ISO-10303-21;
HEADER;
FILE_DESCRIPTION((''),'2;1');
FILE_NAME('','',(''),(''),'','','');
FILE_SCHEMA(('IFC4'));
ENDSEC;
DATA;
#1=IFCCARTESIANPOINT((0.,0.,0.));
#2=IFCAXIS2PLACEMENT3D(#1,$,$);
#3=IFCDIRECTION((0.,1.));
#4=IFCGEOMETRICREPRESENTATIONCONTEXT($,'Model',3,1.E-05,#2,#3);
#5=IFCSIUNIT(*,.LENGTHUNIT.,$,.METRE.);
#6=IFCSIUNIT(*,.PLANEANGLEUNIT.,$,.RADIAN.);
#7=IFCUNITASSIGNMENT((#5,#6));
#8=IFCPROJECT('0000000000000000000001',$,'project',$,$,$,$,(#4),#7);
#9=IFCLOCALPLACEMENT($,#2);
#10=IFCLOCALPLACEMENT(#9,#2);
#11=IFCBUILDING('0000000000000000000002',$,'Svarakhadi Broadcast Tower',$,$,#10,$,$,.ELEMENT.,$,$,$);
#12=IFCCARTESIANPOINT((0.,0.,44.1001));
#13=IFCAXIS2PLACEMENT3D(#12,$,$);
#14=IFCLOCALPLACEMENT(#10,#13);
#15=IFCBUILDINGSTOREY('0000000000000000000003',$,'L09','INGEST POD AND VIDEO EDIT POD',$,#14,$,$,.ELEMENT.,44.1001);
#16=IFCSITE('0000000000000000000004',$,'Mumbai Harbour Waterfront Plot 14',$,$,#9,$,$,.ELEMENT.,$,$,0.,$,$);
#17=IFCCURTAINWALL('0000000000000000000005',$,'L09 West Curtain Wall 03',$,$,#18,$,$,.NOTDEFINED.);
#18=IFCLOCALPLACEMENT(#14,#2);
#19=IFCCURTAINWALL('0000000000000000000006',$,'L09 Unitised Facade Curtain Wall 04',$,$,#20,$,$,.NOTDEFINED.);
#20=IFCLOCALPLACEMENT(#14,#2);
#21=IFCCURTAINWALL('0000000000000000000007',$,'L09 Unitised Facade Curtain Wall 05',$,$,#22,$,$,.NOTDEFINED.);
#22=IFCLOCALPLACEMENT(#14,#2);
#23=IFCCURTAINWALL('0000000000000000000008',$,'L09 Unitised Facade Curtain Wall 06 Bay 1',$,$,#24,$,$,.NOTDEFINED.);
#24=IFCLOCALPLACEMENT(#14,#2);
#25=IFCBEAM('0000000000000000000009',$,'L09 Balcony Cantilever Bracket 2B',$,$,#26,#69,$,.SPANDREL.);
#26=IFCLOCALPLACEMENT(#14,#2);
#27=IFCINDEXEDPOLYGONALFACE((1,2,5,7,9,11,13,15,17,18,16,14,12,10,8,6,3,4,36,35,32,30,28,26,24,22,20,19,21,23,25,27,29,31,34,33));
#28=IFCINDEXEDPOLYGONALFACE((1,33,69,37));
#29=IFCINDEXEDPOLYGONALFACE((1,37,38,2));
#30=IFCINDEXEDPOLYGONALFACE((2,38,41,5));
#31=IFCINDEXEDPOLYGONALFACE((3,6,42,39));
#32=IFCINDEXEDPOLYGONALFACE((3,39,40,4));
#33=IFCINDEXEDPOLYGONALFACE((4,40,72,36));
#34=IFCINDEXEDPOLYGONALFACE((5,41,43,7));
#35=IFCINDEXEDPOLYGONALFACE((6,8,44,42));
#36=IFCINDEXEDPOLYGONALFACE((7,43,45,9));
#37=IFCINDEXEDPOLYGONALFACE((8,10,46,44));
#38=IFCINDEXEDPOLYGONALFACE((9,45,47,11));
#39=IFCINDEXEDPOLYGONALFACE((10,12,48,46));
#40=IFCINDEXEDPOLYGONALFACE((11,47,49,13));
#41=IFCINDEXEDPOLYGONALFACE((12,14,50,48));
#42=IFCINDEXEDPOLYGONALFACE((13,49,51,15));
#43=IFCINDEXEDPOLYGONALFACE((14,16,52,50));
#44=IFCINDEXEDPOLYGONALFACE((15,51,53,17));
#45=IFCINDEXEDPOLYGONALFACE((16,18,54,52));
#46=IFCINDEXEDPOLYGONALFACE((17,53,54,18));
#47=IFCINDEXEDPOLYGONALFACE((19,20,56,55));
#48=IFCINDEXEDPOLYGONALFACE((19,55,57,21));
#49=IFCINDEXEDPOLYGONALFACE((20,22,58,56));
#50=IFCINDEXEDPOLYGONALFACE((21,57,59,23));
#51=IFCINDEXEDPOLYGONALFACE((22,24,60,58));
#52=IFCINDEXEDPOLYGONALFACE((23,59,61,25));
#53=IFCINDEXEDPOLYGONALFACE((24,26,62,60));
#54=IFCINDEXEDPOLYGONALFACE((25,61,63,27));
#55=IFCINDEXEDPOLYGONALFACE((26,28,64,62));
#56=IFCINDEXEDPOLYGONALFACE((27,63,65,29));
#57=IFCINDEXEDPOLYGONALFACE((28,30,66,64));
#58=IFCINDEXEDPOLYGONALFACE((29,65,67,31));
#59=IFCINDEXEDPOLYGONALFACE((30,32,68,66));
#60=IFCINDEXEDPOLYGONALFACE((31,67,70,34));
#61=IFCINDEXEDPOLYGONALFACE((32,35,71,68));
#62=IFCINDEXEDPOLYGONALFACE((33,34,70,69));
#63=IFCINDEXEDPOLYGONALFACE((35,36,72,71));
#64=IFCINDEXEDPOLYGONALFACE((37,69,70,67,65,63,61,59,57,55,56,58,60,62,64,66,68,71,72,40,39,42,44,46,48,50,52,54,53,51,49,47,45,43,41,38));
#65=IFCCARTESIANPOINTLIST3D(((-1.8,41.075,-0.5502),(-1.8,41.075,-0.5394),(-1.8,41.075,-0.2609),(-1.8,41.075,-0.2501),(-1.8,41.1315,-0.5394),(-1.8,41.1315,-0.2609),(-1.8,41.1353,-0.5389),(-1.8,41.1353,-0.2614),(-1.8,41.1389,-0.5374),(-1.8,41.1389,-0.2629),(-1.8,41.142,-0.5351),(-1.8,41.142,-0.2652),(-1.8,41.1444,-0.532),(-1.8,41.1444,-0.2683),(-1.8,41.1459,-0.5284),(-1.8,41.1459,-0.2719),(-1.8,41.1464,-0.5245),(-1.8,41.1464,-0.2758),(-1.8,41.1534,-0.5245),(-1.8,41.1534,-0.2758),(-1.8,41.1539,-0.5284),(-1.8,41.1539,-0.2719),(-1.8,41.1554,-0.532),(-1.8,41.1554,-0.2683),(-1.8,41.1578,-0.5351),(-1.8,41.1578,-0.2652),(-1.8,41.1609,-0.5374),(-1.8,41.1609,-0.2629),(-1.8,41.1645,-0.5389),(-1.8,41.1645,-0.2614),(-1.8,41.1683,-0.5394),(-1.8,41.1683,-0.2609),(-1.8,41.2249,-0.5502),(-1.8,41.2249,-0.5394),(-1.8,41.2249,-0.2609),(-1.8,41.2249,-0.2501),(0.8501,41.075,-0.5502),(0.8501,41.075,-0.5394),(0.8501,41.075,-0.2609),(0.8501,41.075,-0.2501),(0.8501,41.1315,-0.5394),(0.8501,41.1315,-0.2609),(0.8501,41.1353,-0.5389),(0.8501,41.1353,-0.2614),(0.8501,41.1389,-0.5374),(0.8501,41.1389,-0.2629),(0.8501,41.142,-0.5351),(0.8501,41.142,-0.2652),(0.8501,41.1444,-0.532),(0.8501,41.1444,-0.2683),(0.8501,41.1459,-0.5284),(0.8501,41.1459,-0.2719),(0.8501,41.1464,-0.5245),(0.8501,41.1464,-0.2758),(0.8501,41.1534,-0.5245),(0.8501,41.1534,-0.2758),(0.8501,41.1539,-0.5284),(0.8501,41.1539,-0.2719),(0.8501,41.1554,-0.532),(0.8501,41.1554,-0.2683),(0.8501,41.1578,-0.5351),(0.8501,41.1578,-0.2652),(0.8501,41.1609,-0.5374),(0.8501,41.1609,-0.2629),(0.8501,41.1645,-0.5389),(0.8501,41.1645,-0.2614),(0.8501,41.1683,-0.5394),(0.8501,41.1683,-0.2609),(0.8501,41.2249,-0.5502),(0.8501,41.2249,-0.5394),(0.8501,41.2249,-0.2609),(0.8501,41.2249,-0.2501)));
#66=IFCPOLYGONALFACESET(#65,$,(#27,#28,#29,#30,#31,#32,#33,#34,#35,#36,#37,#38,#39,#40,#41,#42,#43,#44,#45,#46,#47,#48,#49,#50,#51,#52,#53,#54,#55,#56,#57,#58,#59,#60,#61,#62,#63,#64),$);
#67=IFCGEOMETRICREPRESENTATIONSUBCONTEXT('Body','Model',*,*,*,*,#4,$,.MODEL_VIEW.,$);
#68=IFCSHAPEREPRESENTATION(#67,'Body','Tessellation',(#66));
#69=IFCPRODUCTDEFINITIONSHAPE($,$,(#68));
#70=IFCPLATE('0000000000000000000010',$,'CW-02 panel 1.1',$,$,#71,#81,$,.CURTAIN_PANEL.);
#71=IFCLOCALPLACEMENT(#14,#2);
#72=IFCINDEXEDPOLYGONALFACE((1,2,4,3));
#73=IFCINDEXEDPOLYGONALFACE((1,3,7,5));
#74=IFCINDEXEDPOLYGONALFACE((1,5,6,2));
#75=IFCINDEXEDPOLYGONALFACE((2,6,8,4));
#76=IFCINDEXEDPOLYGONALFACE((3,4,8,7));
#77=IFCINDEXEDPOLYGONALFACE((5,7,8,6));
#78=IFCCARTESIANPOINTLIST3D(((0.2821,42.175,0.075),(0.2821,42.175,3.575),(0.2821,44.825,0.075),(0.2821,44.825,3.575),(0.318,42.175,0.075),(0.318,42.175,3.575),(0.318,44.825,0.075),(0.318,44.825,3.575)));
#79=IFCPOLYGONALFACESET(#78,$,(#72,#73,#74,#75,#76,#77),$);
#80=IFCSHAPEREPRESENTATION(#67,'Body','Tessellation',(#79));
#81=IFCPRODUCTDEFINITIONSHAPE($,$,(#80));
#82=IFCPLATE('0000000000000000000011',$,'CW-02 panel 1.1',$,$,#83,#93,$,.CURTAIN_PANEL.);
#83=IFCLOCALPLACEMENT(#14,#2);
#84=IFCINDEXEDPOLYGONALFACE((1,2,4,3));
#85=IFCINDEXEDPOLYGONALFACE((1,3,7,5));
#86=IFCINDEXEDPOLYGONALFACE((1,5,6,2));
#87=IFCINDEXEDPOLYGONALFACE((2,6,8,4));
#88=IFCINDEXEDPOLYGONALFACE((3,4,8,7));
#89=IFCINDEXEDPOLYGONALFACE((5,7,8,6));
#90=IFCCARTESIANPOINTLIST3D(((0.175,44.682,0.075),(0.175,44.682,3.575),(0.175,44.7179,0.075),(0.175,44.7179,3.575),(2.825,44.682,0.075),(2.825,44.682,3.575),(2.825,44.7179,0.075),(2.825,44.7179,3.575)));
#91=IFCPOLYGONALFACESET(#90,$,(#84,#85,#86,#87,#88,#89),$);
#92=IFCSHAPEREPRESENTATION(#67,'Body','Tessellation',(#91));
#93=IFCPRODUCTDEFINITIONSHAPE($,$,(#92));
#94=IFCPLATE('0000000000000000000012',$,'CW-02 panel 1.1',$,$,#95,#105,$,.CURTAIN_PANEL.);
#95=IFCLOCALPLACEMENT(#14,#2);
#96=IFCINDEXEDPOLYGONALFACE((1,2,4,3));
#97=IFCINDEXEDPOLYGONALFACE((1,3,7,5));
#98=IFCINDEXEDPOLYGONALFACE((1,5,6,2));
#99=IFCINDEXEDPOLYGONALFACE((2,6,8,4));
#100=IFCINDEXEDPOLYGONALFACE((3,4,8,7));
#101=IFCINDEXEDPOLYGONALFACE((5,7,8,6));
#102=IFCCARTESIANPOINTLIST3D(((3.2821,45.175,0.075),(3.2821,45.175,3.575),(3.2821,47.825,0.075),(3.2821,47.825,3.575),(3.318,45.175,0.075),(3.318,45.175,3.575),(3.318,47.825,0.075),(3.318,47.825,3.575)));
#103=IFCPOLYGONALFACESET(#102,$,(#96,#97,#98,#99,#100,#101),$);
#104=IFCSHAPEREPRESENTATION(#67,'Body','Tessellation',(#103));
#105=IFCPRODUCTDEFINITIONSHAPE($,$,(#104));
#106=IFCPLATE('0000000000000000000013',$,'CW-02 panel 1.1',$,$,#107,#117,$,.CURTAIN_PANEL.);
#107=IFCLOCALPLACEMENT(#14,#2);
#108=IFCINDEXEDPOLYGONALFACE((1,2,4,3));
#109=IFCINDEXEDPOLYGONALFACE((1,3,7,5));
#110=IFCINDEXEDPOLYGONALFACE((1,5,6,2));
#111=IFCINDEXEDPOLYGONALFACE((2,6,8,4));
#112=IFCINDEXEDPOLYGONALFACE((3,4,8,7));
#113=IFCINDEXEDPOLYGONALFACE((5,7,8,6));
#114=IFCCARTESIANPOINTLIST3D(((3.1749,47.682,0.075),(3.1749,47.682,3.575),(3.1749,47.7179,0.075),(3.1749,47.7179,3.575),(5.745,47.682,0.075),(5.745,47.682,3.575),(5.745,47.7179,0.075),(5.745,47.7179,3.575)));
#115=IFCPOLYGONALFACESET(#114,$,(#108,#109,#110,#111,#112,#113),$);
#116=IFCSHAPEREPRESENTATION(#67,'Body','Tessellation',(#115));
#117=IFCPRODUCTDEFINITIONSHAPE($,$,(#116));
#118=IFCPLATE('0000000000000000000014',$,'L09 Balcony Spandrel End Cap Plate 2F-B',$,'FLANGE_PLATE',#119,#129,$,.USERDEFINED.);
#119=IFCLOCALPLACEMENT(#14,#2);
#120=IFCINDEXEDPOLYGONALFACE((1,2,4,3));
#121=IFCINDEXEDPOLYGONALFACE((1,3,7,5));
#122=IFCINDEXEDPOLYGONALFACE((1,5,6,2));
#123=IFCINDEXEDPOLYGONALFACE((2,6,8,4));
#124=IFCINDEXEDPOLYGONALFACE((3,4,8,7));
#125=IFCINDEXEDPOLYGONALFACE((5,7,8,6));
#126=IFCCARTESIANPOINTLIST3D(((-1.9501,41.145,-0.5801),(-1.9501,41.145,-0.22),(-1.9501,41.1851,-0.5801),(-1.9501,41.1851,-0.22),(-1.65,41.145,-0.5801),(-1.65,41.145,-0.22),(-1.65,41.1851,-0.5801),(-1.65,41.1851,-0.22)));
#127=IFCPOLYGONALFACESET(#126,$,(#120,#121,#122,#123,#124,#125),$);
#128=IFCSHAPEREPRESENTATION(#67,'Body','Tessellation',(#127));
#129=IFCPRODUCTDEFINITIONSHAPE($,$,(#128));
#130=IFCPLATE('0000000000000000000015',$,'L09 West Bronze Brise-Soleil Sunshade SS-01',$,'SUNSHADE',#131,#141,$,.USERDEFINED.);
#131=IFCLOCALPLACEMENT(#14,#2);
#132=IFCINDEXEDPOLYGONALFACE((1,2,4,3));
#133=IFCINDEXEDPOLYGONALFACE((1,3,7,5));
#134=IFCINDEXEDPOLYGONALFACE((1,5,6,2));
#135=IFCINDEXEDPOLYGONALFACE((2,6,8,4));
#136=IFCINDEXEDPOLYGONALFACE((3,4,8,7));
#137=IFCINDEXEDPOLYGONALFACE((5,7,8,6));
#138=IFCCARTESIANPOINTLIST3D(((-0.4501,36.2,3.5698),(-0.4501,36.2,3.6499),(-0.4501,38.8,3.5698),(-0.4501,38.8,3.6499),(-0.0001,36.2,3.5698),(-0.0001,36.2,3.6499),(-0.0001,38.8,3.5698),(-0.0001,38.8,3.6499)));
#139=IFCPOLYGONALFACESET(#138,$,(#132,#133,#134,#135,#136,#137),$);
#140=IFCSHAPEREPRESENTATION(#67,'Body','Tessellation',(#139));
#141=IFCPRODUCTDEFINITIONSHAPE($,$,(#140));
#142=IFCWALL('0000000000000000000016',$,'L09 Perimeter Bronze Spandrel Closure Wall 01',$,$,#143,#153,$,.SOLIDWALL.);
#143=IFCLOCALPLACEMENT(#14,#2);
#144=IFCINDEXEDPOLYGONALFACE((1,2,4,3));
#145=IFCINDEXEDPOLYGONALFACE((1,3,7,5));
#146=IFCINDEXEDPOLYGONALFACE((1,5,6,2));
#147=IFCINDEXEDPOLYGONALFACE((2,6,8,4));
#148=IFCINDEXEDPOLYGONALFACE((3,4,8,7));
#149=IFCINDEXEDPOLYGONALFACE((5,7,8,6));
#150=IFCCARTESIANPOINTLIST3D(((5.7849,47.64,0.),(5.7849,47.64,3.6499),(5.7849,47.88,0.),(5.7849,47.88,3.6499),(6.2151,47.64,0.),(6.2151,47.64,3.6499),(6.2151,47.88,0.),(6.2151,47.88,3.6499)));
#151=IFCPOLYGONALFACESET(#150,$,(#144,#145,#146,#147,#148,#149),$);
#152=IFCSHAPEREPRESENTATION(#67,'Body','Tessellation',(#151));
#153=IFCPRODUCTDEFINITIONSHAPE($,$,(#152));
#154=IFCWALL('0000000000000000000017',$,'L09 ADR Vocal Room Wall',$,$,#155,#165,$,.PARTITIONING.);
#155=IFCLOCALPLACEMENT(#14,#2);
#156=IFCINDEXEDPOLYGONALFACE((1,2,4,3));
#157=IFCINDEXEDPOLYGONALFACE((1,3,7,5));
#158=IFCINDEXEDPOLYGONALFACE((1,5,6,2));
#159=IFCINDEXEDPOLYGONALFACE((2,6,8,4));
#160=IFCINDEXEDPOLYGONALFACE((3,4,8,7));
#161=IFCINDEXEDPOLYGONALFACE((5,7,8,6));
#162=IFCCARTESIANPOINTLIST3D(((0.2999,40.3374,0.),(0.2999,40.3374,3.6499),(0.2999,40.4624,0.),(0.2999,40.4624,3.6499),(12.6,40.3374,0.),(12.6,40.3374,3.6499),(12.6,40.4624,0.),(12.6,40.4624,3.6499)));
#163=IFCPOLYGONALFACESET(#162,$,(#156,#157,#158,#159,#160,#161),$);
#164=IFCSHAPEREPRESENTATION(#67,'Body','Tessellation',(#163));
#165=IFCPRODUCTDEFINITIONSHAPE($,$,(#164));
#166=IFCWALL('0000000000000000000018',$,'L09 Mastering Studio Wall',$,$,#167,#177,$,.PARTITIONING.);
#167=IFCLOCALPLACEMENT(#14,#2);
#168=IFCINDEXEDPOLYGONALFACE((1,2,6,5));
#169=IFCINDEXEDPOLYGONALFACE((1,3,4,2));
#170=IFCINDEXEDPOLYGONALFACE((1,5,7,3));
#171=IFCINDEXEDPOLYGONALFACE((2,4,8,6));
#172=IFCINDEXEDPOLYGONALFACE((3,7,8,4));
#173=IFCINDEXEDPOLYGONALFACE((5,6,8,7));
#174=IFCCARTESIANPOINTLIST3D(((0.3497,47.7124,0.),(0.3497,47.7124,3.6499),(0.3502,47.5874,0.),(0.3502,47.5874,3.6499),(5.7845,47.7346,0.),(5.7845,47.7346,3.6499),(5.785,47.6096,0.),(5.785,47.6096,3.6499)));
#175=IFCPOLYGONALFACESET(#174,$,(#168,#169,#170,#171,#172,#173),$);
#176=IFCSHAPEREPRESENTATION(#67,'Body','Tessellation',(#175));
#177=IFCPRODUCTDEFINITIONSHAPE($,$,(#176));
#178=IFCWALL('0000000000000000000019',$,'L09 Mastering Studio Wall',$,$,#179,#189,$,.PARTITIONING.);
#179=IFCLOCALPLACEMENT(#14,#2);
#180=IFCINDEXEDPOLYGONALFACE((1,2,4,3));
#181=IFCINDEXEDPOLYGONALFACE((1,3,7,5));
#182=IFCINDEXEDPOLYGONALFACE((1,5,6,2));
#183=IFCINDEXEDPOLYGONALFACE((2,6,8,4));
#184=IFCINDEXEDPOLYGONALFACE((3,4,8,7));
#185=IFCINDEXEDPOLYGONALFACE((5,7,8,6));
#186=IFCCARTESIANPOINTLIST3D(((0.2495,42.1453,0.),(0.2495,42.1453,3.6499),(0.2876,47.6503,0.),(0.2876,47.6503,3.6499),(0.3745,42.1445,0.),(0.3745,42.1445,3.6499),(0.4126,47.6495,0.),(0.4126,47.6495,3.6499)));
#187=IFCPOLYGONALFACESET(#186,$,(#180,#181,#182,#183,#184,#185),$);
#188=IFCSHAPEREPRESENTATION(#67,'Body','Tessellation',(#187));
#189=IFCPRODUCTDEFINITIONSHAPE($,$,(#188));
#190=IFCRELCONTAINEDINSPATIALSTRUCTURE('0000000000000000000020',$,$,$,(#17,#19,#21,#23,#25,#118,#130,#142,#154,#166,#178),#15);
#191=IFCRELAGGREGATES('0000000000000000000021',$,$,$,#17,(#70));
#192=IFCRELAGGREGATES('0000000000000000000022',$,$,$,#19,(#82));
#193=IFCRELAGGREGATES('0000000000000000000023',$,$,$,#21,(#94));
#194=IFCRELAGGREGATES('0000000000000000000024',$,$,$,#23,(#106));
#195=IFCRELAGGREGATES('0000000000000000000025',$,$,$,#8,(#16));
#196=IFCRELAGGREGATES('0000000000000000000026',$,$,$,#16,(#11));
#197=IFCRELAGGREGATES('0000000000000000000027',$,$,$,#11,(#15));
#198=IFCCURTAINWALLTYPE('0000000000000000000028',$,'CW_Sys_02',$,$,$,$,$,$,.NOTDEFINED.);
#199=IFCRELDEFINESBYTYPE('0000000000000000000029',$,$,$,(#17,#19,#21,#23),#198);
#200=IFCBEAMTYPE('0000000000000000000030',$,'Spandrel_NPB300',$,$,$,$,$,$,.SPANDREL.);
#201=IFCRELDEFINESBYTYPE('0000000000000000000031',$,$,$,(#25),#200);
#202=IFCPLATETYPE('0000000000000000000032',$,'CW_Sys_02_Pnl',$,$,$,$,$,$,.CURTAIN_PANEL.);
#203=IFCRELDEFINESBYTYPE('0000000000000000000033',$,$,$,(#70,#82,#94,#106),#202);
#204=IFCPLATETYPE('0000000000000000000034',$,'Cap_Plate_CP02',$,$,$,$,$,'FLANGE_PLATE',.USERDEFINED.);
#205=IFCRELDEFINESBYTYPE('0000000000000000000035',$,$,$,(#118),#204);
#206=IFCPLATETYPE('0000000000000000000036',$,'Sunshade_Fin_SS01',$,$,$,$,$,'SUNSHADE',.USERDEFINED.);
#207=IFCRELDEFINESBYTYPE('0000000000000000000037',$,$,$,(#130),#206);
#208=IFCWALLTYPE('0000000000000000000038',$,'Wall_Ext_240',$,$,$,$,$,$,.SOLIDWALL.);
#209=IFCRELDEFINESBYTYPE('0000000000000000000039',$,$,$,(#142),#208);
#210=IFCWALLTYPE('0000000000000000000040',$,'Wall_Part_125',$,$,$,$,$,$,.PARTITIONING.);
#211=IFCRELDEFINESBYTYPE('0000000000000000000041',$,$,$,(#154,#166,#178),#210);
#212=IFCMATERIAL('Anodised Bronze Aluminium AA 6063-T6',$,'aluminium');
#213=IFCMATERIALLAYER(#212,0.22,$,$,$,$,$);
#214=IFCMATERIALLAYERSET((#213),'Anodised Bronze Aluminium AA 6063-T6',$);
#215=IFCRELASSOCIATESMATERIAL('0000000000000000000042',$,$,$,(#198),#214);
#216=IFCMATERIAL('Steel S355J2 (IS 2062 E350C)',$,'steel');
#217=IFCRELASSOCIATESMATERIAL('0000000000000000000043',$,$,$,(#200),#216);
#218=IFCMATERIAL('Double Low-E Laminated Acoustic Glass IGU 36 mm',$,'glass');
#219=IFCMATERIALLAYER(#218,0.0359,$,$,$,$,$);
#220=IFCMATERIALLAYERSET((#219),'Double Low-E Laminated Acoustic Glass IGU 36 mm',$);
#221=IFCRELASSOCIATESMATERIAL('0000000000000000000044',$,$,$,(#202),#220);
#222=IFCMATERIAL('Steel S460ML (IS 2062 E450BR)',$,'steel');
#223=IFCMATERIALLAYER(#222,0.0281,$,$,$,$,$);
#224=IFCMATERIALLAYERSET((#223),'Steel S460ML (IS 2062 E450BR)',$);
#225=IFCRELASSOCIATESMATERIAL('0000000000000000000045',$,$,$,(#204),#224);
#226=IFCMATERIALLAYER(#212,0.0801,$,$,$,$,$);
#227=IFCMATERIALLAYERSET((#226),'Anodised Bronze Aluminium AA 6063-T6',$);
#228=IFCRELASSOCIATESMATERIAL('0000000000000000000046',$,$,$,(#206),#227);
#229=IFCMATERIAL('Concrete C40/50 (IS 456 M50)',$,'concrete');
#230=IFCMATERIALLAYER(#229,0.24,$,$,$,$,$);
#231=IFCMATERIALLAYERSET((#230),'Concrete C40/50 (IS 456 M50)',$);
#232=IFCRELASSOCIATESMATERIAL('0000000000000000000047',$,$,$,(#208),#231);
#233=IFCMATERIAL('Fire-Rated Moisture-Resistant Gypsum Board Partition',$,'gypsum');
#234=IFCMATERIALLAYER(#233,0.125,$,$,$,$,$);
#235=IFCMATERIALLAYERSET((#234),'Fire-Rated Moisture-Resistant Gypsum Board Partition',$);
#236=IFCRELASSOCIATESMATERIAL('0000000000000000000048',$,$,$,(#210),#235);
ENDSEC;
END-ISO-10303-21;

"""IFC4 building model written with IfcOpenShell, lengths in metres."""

from ifc_helpers import new_model, si_unit, direction, frame, frame_2d, origin, origin_2d, place, context, subcontext, project, spatial, rectangle, i_section, extrude, material, layer, layer_set, material_profile, profile_set, type_object, element, aggregate, save


model = new_model("IFC4")

# Units and contexts
model_context = context("Model", 3, precision=1e-05, world=origin(), true_north=direction((0.0, 1.0)))
body_context = subcontext(model_context, "Body", "Model", "MODEL_VIEW")
ifc_project = project(units=[si_unit("LENGTHUNIT", "METRE"), si_unit("PLANEANGLEUNIT", "RADIAN")], contexts=[model_context])

# Site, building, storey
site_placement = place(None, origin())
site = spatial("IfcSite", under=ifc_project, at=site_placement, Name="Mumbai Harbour Waterfront Plot 14", CompositionType="ELEMENT", RefElevation=0.0)
building_placement = place(site_placement, origin())
building = spatial("IfcBuilding", under=site, at=building_placement, Name="Svarakhadi Broadcast Tower", CompositionType="ELEMENT")
storey_placement = place(building_placement, frame((0.0, 0.0, 44.1001)))
storey = spatial("IfcBuildingStorey", under=building, at=storey_placement, Name="L09", Description="INGEST POD AND VIDEO EDIT POD", CompositionType="ELEMENT", Elevation=44.1001)

# Shared definitions
ifc_material_1 = material(Name="Steel S460ML (IS 2062 E450BR)", Category="steel")

# Shared definitions
ifc_material_2 = material(Name="Steel S355J2 (IS 2062 E350C)", Category="steel")

# Curtain walls
ifc_material_3 = material(Name="Anodised Bronze Aluminium AA 6063-T6", Category="aluminium")
ifc_layer_1 = layer(ifc_material_3, 0.22)
ifc_layer_set_1 = layer_set([ifc_layer_1], Name="Anodised Bronze Aluminium AA 6063-T6")
curtain_wall_type = type_object("IfcCurtainWallType", Name="CW_Sys_02", PredefinedType="NOTDEFINED", material=ifc_layer_set_1)
curtain_wall_1_placement = place(storey_placement, origin())
curtain_wall_1 = element("IfcCurtainWall", 1, at=curtain_wall_1_placement, inside=storey, type_object=curtain_wall_type, Name="L09 West Curtain Wall 03", PredefinedType="NOTDEFINED")
curtain_wall_2_placement = place(storey_placement, origin())
curtain_wall_2 = element("IfcCurtainWall", 2, at=curtain_wall_2_placement, inside=storey, type_object=curtain_wall_type, Name="L09 Unitised Facade Curtain Wall 04", PredefinedType="NOTDEFINED")
curtain_wall_3_placement = place(storey_placement, origin())
curtain_wall_3 = element("IfcCurtainWall", 3, at=curtain_wall_3_placement, inside=storey, type_object=curtain_wall_type, Name="L09 Unitised Facade Curtain Wall 05", PredefinedType="NOTDEFINED")
curtain_wall_4_placement = place(storey_placement, origin())
curtain_wall_4 = element("IfcCurtainWall", 4, at=curtain_wall_4_placement, inside=storey, type_object=curtain_wall_type, Name="L09 Unitised Facade Curtain Wall 06 Bay 1", PredefinedType="NOTDEFINED")

# Beam
ifc_material_profile_1 = material_profile(ifc_material_2, i_section(OverallWidth=0.1499, OverallDepth=0.3, WebThickness=0.0071, FlangeThickness=0.0107, FilletRadius=0.0149, at=origin_2d()), Name="NPB 300x150x37")
ifc_profile_set_1 = profile_set([ifc_material_profile_1], Name="Steel S355J2 (IS 2062 E350C)")
beam_type_1 = type_object("IfcBeamType", Name="Spandrel_NPB300", PredefinedType="SPANDREL", material=ifc_profile_set_1)
beam_1_placement = place(storey_placement, frame((0.8501, 41.1499, -0.4001), z_axis=(-1.0, 0.0, 0.0), x_axis=(0.0, -1.0, 0.0)))
element("IfcBeam", 5, at=beam_1_placement, inside=storey, type_object=beam_type_1, Name="L09 Balcony Cantilever Bracket 2B", PredefinedType="SPANDREL", context=body_context, shape_type="SweptSolid", body=[
    extrude(i_section(OverallWidth=0.1499, OverallDepth=0.3, WebThickness=0.0071, FlangeThickness=0.0107, FilletRadius=0.0149, at=origin_2d()), origin(), (0.0, 0.0, 1.0), 2.6501),
])

# Plates
ifc_material_4 = material(Name="Double Low-E Laminated Acoustic Glass IGU 36 mm", Category="glass")
ifc_layer_2 = layer(ifc_material_4, 0.0359)
ifc_layer_set_2 = layer_set([ifc_layer_2], Name="Double Low-E Laminated Acoustic Glass IGU 36 mm")
plate_type_1 = type_object("IfcPlateType", Name="CW_Sys_02_Pnl", PredefinedType="CURTAIN_PANEL", material=ifc_layer_set_2)
plate_1_placement = place(storey_placement, frame((0.3, 43.5, 0.075), z_axis=(0.0, 0.0, 1.0), x_axis=(0.0, 1.0, 0.0)))
plate_1 = element("IfcPlate", 6, at=plate_1_placement, type_object=plate_type_1, Name="CW-02 panel 1.1", PredefinedType="CURTAIN_PANEL", context=body_context, shape_type="SweptSolid", body=[
    extrude(rectangle(XDim=2.6499, YDim=0.0359, at=origin_2d()), origin(), (0.0, 0.0, 1.0), 3.5),
])
aggregate(curtain_wall_1, [plate_1])
plate_2_placement = place(storey_placement, frame((1.5, 44.7, 0.075), z_axis=(0.0, 0.0, 1.0), x_axis=(1.0, 0.0, 0.0)))
plate_2 = element("IfcPlate", 7, at=plate_2_placement, type_object=plate_type_1, Name="CW-02 panel 1.1", PredefinedType="CURTAIN_PANEL", context=body_context, shape_type="SweptSolid", body=[
    extrude(rectangle(XDim=2.6499, YDim=0.0359, at=origin_2d()), origin(), (0.0, 0.0, 1.0), 3.5),
])
aggregate(curtain_wall_2, [plate_2])
plate_3_placement = place(storey_placement, frame((3.3, 46.5, 0.075), z_axis=(0.0, 0.0, 1.0), x_axis=(0.0, 1.0, 0.0)))
plate_3 = element("IfcPlate", 8, at=plate_3_placement, type_object=plate_type_1, Name="CW-02 panel 1.1", PredefinedType="CURTAIN_PANEL", context=body_context, shape_type="SweptSolid", body=[
    extrude(rectangle(XDim=2.6499, YDim=0.0359, at=origin_2d()), origin(), (0.0, 0.0, 1.0), 3.5),
])
aggregate(curtain_wall_3, [plate_3])
plate_4_placement = place(storey_placement, frame((4.46, 47.7, 0.075), z_axis=(0.0, 0.0, 1.0), x_axis=(1.0, 0.0, 0.0)))
plate_4 = element("IfcPlate", 9, at=plate_4_placement, type_object=plate_type_1, Name="CW-02 panel 1.1", PredefinedType="CURTAIN_PANEL", context=body_context, shape_type="SweptSolid", body=[
    extrude(rectangle(XDim=2.5701, YDim=0.0359, at=origin_2d()), origin(), (0.0, 0.0, 1.0), 3.5),
])
aggregate(curtain_wall_4, [plate_4])

# Plates
ifc_layer_3 = layer(ifc_material_1, 0.0281)
ifc_layer_set_3 = layer_set([ifc_layer_3], Name="Steel S460ML (IS 2062 E450BR)")
plate_type_2 = type_object("IfcPlateType", Name="Cap_Plate_CP02", ElementType="FLANGE_PLATE", PredefinedType="USERDEFINED", material=ifc_layer_set_3)
plate_5_placement = place(storey_placement, frame((-1.8, 41.165, -0.5801), z_axis=(0.0, 0.0, 1.0), x_axis=(1.0, 0.0, 0.0)))
element("IfcPlate", 10, at=plate_5_placement, inside=storey, type_object=plate_type_2, Name="L09 Balcony Spandrel End Cap Plate 2F-B", ObjectType="FLANGE_PLATE", PredefinedType="USERDEFINED", context=body_context, shape_type="SweptSolid", body=[
    extrude(rectangle(XDim=0.3, YDim=0.04, at=origin_2d()), origin(), (0.0, 0.0, 1.0), 0.3601),
])
ifc_layer_4 = layer(ifc_material_3, 0.0801)
ifc_layer_set_4 = layer_set([ifc_layer_4], Name="Anodised Bronze Aluminium AA 6063-T6")
plate_type_3 = type_object("IfcPlateType", Name="Sunshade_Fin_SS01", ElementType="SUNSHADE", PredefinedType="USERDEFINED", material=ifc_layer_set_4)
plate_6_placement = place(storey_placement, frame((-0.2251, 37.5, 3.5698), z_axis=(0.0, 0.0, 1.0), x_axis=(0.0, 1.0, 0.0)))
element("IfcPlate", 11, at=plate_6_placement, inside=storey, type_object=plate_type_3, Name="L09 West Bronze Brise-Soleil Sunshade SS-01", ObjectType="SUNSHADE", PredefinedType="USERDEFINED", context=body_context, shape_type="SweptSolid", body=[
    extrude(rectangle(XDim=2.6001, YDim=0.45, at=origin_2d()), origin(), (0.0, 0.0, 1.0), 0.0801),
])

# Walls
ifc_material_5 = material(Name="Concrete C40/50 (IS 456 M50)", Category="concrete")
ifc_layer_5 = layer(ifc_material_5, 0.24)
ifc_layer_set_5 = layer_set([ifc_layer_5], Name="Concrete C40/50 (IS 456 M50)")
wall_type_1 = type_object("IfcWallType", Name="Wall_Ext_240", PredefinedType="SOLIDWALL", material=ifc_layer_set_5)
wall_1_placement = place(storey_placement, frame((5.7849, 47.76, 0.0), z_axis=(0.0, 0.0, 1.0), x_axis=(1.0, 0.0, 0.0)))
element("IfcWall", 12, at=wall_1_placement, inside=storey, type_object=wall_type_1, Name="L09 Perimeter Bronze Spandrel Closure Wall 01", PredefinedType="SOLIDWALL", context=body_context, shape_type="SweptSolid", body=[
    extrude(rectangle(XDim=0.4302, YDim=0.24, at=frame_2d((0.2151, 0.0))), origin(), (0.0, 0.0, 1.0), 3.6499),
])
ifc_material_6 = material(Name="Fire-Rated Moisture-Resistant Gypsum Board Partition", Category="gypsum")
ifc_layer_6 = layer(ifc_material_6, 0.125)
ifc_layer_set_6 = layer_set([ifc_layer_6], Name="Fire-Rated Moisture-Resistant Gypsum Board Partition")
wall_type_2 = type_object("IfcWallType", Name="Wall_Part_125", PredefinedType="PARTITIONING", material=ifc_layer_set_6)
wall_2_placement = place(storey_placement, frame((0.3, 40.3999, 0.0), z_axis=(0.0, 0.0, 1.0), x_axis=(1.0, 0.0, 0.0)))
element("IfcWall", 13, at=wall_2_placement, inside=storey, type_object=wall_type_2, Name="L09 ADR Vocal Room Wall", PredefinedType="PARTITIONING", context=body_context, shape_type="SweptSolid", body=[
    extrude(rectangle(XDim=12.3, YDim=0.125, at=frame_2d((6.1499, 0.0))), origin(), (0.0, 0.0, 1.0), 3.6499),
])
wall_3_placement = place(storey_placement, frame((0.3501, 47.6499, 0.0), z_axis=(0.0, 0.0, 1.0), x_axis=(0.999992, 0.004088, 0.0)))
element("IfcWall", 14, at=wall_3_placement, inside=storey, type_object=wall_type_2, Name="L09 Mastering Studio Wall", PredefinedType="PARTITIONING", context=body_context, shape_type="SweptSolid", body=[
    extrude(rectangle(XDim=5.4348, YDim=0.125, at=frame_2d((2.7173, 0.0))), origin(), (0.0, 0.0, 1.0), 3.6499),
])
wall_4_placement = place(storey_placement, frame((0.312, 42.145, 0.0), z_axis=(0.0, 0.0, 1.0), x_axis=(0.006918, 0.999976, 0.0)))
element("IfcWall", 15, at=wall_4_placement, inside=storey, type_object=wall_type_2, Name="L09 Mastering Studio Wall", PredefinedType="PARTITIONING", context=body_context, shape_type="SweptSolid", body=[
    extrude(rectangle(XDim=5.5051, YDim=0.125, at=frame_2d((2.7524, 0.0))), origin(), (0.0, 0.0, 1.0), 3.6499),
])

save(model, "model.ifc")
